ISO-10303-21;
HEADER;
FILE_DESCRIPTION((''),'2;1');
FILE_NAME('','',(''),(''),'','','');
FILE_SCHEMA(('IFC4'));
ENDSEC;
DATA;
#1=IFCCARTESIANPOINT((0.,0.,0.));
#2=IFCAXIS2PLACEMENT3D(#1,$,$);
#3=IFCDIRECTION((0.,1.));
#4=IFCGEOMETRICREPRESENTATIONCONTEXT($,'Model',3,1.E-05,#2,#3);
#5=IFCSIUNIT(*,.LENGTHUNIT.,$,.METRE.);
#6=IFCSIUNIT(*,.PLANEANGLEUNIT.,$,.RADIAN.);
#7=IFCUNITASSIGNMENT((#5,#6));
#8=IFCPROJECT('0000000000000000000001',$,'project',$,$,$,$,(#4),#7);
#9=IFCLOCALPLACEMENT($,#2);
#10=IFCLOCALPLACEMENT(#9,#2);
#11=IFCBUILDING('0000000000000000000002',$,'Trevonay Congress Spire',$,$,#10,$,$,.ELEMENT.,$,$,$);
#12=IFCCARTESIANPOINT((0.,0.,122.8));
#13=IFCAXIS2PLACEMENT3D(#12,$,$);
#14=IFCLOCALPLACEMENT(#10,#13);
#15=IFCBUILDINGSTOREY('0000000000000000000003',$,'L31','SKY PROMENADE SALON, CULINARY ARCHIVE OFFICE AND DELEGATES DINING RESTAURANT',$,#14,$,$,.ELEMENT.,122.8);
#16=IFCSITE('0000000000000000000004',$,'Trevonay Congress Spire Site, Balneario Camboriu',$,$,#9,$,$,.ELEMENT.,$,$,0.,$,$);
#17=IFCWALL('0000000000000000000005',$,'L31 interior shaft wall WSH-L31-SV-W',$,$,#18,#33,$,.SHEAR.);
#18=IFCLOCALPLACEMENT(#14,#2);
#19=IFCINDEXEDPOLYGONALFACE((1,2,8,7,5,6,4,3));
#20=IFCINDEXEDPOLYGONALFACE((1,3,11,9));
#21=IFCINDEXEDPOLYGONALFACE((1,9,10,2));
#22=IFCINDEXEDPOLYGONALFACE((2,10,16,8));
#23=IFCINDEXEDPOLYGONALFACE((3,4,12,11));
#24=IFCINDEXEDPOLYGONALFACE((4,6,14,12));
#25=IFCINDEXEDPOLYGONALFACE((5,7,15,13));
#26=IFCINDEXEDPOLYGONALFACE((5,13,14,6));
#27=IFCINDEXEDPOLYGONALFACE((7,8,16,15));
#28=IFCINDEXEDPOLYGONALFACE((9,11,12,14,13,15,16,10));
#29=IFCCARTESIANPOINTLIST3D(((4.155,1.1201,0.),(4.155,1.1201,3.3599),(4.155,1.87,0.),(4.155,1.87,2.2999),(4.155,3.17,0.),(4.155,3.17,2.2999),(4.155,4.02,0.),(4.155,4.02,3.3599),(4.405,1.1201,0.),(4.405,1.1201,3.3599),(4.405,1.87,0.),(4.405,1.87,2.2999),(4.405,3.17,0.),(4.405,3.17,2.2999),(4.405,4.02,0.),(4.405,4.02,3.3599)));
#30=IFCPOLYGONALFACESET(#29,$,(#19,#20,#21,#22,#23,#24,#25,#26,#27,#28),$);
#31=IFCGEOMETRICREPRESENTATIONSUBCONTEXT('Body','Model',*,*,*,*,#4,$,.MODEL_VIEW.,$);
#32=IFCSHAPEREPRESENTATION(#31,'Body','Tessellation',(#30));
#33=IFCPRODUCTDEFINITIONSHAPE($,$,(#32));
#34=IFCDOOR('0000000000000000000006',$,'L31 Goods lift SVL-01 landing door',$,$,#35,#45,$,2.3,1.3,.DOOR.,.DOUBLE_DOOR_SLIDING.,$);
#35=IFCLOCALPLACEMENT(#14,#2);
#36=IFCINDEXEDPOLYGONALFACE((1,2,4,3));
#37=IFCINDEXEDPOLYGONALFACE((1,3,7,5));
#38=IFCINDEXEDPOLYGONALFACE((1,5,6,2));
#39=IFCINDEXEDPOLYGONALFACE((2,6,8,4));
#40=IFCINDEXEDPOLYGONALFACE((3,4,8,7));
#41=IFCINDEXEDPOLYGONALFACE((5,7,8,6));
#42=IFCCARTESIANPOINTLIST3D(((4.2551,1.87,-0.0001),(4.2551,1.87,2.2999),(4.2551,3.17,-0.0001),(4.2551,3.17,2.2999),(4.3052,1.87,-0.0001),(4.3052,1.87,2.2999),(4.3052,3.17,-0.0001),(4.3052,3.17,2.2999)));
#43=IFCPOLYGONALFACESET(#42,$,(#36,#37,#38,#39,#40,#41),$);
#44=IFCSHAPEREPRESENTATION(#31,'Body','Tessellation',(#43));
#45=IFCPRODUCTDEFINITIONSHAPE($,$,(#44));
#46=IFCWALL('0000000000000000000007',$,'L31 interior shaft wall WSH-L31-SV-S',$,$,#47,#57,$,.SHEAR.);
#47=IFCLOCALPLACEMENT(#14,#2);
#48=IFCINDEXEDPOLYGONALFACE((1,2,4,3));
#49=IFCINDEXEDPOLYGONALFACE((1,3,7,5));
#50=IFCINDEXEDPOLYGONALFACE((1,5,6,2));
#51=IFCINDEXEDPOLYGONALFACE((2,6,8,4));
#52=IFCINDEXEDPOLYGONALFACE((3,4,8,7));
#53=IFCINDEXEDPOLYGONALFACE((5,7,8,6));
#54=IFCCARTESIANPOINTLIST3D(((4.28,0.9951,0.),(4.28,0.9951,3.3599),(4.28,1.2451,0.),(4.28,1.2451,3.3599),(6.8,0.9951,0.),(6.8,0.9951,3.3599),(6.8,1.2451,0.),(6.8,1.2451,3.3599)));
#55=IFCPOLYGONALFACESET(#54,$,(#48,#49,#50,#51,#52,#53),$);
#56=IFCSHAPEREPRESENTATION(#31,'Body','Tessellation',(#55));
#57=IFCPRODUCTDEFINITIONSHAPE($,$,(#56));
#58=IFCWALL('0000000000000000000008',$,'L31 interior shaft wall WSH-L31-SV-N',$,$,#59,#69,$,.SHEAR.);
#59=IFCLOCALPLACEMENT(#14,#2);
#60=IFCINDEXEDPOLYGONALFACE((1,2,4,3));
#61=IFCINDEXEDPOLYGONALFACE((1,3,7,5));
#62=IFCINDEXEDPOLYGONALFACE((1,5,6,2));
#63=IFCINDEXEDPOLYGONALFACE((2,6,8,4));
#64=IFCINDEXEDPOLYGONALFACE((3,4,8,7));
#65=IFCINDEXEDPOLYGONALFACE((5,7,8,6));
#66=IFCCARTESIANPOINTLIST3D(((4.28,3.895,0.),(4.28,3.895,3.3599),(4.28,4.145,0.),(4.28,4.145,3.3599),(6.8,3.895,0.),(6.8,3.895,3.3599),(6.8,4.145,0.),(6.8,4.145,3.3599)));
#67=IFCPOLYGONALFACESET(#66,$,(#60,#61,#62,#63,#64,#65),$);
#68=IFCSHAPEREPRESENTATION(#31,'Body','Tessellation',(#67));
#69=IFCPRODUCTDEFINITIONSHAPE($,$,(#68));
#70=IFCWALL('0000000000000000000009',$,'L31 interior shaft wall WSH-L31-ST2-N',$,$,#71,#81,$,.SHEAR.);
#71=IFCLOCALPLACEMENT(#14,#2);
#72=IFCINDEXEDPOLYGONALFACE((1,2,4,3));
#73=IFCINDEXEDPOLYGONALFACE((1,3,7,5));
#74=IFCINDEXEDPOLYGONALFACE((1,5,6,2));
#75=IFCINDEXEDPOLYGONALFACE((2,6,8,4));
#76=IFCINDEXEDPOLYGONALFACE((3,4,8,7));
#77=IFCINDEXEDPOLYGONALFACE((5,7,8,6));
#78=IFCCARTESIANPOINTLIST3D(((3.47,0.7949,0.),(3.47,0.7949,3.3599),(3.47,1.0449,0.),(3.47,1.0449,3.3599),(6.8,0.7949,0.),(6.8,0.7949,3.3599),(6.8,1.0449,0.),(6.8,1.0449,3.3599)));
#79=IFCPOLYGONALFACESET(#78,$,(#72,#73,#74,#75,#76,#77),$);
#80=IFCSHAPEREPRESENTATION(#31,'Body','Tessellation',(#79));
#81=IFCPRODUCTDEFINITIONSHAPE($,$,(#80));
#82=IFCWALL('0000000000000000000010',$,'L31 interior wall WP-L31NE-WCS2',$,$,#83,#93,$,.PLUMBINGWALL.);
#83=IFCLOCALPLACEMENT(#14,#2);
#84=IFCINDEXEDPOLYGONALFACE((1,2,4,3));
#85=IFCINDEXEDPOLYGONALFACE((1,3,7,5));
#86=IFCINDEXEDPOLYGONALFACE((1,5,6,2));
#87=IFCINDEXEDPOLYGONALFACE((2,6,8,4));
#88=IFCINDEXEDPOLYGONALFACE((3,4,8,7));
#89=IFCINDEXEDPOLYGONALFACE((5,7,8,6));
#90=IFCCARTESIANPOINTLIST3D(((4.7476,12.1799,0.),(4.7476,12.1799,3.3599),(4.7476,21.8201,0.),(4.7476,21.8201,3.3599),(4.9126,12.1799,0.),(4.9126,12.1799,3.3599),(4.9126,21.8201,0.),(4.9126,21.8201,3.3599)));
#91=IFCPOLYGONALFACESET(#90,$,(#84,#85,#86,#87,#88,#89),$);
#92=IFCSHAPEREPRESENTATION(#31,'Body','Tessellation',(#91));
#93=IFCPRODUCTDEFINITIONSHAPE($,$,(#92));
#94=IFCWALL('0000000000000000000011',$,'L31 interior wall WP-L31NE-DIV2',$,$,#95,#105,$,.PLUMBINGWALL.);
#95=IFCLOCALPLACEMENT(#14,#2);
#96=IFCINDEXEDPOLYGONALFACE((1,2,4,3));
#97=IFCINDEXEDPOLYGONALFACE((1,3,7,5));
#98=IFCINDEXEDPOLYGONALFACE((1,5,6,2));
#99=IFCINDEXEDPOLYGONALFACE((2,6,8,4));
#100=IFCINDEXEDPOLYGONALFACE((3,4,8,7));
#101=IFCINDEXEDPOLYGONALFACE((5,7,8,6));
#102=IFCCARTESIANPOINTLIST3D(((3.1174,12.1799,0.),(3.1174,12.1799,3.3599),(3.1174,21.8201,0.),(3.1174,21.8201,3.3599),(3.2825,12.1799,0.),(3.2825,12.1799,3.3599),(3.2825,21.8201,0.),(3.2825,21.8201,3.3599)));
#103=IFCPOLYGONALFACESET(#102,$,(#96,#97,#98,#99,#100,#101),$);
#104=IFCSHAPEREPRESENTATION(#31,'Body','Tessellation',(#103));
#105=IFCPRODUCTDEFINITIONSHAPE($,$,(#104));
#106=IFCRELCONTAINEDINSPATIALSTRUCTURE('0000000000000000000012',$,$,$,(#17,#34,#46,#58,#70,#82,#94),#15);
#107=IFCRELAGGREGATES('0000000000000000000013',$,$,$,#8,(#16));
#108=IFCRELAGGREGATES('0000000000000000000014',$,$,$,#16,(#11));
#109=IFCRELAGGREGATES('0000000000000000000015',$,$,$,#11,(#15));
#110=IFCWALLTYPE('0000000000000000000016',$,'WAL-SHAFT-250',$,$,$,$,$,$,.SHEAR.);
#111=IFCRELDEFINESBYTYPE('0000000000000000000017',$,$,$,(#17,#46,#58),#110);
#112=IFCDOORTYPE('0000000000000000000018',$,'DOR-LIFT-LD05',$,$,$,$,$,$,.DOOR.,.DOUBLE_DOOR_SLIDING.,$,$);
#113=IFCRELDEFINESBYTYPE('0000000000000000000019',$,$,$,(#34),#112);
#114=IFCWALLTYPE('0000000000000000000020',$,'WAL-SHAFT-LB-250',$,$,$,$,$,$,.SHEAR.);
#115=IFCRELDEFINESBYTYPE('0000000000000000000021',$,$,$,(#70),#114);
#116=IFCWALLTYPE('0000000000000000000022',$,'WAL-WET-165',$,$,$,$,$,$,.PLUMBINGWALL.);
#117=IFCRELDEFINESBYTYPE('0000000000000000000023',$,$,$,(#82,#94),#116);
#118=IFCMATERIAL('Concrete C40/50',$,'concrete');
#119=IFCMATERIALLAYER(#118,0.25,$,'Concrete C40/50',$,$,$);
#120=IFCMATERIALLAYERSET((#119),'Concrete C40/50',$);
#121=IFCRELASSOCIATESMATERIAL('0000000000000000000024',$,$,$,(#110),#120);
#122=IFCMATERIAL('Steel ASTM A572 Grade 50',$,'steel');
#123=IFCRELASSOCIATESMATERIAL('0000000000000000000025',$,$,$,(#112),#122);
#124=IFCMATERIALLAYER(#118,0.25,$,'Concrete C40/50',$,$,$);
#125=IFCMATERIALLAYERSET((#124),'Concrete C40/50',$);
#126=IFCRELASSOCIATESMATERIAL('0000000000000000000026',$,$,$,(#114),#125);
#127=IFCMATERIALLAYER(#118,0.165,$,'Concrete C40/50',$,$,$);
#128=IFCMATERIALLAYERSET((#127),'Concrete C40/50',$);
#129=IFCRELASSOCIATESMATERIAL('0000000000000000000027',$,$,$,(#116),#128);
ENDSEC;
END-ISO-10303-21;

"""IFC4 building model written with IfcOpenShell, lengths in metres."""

from ifc_helpers import new_model, si_unit, direction, frame, frame_2d, origin, place, context, subcontext, project, spatial, rectangle, extrude, material, layer, layer_set, type_object, element, fill, save


model = new_model("IFC4")

# Units and contexts
model_context = context("Model", 3, precision=1e-05, world=origin(), true_north=direction((0.0, 1.0)))
body_context = subcontext(model_context, "Body", "Model", "MODEL_VIEW")
ifc_project = project(units=[si_unit("LENGTHUNIT", "METRE"), si_unit("PLANEANGLEUNIT", "RADIAN")], contexts=[model_context])

# Site, building, storey
site_placement = place(None, origin())
site = spatial("IfcSite", under=ifc_project, at=site_placement, Name="Trevonay Congress Spire Site, Balneario Camboriu", CompositionType="ELEMENT", RefElevation=0.0)
building_placement = place(site_placement, origin())
building = spatial("IfcBuilding", under=site, at=building_placement, Name="Trevonay Congress Spire", CompositionType="ELEMENT")
storey_placement = place(building_placement, frame((0.0, 0.0, 122.8)))
storey = spatial("IfcBuildingStorey", under=building, at=storey_placement, Name="L31", Description="SKY PROMENADE SALON, CULINARY ARCHIVE OFFICE AND DELEGATES DINING RESTAURANT", CompositionType="ELEMENT", Elevation=122.8)

# Shared definitions
ifc_material_1 = material(Name="Steel ASTM A572 Grade 50", Category="steel")

# Shared definitions
ifc_material_2 = material(Name="Concrete C40/50", Category="concrete")
ifc_layer_1 = layer(ifc_material_2, 0.25, Name="Concrete C40/50")
ifc_layer_set_1 = layer_set([ifc_layer_1], Name="Concrete C40/50")
wall_type_1 = type_object("IfcWallType", Name="WAL-SHAFT-250", PredefinedType="SHEAR", material=ifc_layer_set_1)

# Wall, opening, door
wall_1_placement = place(storey_placement, frame((4.28, 1.1201, 0.0), z_axis=(0.0, 0.0, 1.0), x_axis=(0.0, 1.0, 0.0)))
wall_1 = element("IfcWall", 1, at=wall_1_placement, inside=storey, type_object=wall_type_1, Name="L31 interior shaft wall WSH-L31-SV-W", PredefinedType="SHEAR", context=body_context, shape_type="SweptSolid", body=[
    extrude(rectangle(XDim=2.8999, YDim=0.25, at=frame_2d((1.45, 0.0))), origin(), (0.0, 0.0, 1.0), 3.3599),
])
opening_1_placement = place(wall_1_placement, frame((0.75, 0.0, 0.0)))
opening_1 = element("IfcOpeningElement", 2, at=opening_1_placement, cuts=wall_1, PredefinedType="OPENING", context=body_context, shape_type="SweptSolid", body=[
    extrude(rectangle(XDim=1.3, YDim=2.3, at=frame_2d((0.6499, 1.1499))), frame((0.0, 0.135, 0.0), z_axis=(0.0, -1.0, 0.0), x_axis=(1.0, 0.0, 0.0)), (0.0, 0.0, 1.0), 0.27),
])
door_type_1 = type_object("IfcDoorType", Name="DOR-LIFT-LD05", OperationType="DOUBLE_DOOR_SLIDING", PredefinedType="DOOR", material=ifc_material_1)
door_1_placement = place(opening_1_placement, origin())
door_1 = element("IfcDoor", 3, at=door_1_placement, inside=storey, type_object=door_type_1, Name="L31 Goods lift SVL-01 landing door", OperationType="DOUBLE_DOOR_SLIDING", OverallHeight=2.3, OverallWidth=1.3, PredefinedType="DOOR", context=body_context, shape_type="SweptSolid", body=[
    extrude(rectangle(XDim=1.3, YDim=2.3, at=frame_2d((0.6499, 1.1499))), frame((0.0, 0.0249, 0.0), z_axis=(0.0, -1.0, 0.0), x_axis=(1.0, 0.0, 0.0)), (0.0, 0.0, 1.0), 0.05),
])
fill(opening_1, door_1)

# Walls
for number, where, z_axis, x_axis, name in (
    (4, (4.28, 1.1201, 0.0), (0.0, 0.0, 1.0), (1.0, 0.0, 0.0), "L31 interior shaft wall WSH-L31-SV-S"),
    (5, (4.28, 4.02, 0.0), (0.0, 0.0, 1.0), (1.0, 0.0, 0.0), "L31 interior shaft wall WSH-L31-SV-N"),
):
    element("IfcWall", number, at=place(storey_placement, frame(where, z_axis=z_axis, x_axis=x_axis)), inside=storey, type_object=wall_type_1, Name=name, PredefinedType="SHEAR", context=body_context, shape_type="SweptSolid", body=[
        extrude(rectangle(XDim=2.52, YDim=0.25, at=frame_2d((1.26, 0.0))), origin(), (0.0, 0.0, 1.0), 3.3599),
    ])
ifc_layer_2 = layer(ifc_material_2, 0.25, Name="Concrete C40/50")
ifc_layer_set_2 = layer_set([ifc_layer_2], Name="Concrete C40/50")
wall_type_2 = type_object("IfcWallType", Name="WAL-SHAFT-LB-250", PredefinedType="SHEAR", material=ifc_layer_set_2)
wall_2_placement = place(storey_placement, frame((3.47, 0.9199, 0.0), z_axis=(0.0, 0.0, 1.0), x_axis=(1.0, 0.0, 0.0)))
element("IfcWall", 6, at=wall_2_placement, inside=storey, type_object=wall_type_2, Name="L31 interior shaft wall WSH-L31-ST2-N", PredefinedType="SHEAR", context=body_context, shape_type="SweptSolid", body=[
    extrude(rectangle(XDim=3.3301, YDim=0.25, at=frame_2d((1.665, 0.0))), origin(), (0.0, 0.0, 1.0), 3.3599),
])
ifc_layer_3 = layer(ifc_material_2, 0.165, Name="Concrete C40/50")
ifc_layer_set_3 = layer_set([ifc_layer_3], Name="Concrete C40/50")
wall_type_3 = type_object("IfcWallType", Name="WAL-WET-165", PredefinedType="PLUMBINGWALL", material=ifc_layer_set_3)
for number, where, z_axis, x_axis, name in (
    (7, (4.8301, 12.1799, 0.0), (0.0, 0.0, 1.0), (0.0, 1.0, 0.0), "L31 interior wall WP-L31NE-WCS2"),
    (8, (3.2, 12.1799, 0.0), (0.0, 0.0, 1.0), (0.0, 1.0, 0.0), "L31 interior wall WP-L31NE-DIV2"),
):
    element("IfcWall", number, at=place(storey_placement, frame(where, z_axis=z_axis, x_axis=x_axis)), inside=storey, type_object=wall_type_3, Name=name, PredefinedType="PLUMBINGWALL", context=body_context, shape_type="SweptSolid", body=[
        extrude(rectangle(XDim=9.6401, YDim=0.165, at=frame_2d((4.8201, 0.0))), origin(), (0.0, 0.0, 1.0), 3.3599),
    ])

save(model, "model.ifc")
